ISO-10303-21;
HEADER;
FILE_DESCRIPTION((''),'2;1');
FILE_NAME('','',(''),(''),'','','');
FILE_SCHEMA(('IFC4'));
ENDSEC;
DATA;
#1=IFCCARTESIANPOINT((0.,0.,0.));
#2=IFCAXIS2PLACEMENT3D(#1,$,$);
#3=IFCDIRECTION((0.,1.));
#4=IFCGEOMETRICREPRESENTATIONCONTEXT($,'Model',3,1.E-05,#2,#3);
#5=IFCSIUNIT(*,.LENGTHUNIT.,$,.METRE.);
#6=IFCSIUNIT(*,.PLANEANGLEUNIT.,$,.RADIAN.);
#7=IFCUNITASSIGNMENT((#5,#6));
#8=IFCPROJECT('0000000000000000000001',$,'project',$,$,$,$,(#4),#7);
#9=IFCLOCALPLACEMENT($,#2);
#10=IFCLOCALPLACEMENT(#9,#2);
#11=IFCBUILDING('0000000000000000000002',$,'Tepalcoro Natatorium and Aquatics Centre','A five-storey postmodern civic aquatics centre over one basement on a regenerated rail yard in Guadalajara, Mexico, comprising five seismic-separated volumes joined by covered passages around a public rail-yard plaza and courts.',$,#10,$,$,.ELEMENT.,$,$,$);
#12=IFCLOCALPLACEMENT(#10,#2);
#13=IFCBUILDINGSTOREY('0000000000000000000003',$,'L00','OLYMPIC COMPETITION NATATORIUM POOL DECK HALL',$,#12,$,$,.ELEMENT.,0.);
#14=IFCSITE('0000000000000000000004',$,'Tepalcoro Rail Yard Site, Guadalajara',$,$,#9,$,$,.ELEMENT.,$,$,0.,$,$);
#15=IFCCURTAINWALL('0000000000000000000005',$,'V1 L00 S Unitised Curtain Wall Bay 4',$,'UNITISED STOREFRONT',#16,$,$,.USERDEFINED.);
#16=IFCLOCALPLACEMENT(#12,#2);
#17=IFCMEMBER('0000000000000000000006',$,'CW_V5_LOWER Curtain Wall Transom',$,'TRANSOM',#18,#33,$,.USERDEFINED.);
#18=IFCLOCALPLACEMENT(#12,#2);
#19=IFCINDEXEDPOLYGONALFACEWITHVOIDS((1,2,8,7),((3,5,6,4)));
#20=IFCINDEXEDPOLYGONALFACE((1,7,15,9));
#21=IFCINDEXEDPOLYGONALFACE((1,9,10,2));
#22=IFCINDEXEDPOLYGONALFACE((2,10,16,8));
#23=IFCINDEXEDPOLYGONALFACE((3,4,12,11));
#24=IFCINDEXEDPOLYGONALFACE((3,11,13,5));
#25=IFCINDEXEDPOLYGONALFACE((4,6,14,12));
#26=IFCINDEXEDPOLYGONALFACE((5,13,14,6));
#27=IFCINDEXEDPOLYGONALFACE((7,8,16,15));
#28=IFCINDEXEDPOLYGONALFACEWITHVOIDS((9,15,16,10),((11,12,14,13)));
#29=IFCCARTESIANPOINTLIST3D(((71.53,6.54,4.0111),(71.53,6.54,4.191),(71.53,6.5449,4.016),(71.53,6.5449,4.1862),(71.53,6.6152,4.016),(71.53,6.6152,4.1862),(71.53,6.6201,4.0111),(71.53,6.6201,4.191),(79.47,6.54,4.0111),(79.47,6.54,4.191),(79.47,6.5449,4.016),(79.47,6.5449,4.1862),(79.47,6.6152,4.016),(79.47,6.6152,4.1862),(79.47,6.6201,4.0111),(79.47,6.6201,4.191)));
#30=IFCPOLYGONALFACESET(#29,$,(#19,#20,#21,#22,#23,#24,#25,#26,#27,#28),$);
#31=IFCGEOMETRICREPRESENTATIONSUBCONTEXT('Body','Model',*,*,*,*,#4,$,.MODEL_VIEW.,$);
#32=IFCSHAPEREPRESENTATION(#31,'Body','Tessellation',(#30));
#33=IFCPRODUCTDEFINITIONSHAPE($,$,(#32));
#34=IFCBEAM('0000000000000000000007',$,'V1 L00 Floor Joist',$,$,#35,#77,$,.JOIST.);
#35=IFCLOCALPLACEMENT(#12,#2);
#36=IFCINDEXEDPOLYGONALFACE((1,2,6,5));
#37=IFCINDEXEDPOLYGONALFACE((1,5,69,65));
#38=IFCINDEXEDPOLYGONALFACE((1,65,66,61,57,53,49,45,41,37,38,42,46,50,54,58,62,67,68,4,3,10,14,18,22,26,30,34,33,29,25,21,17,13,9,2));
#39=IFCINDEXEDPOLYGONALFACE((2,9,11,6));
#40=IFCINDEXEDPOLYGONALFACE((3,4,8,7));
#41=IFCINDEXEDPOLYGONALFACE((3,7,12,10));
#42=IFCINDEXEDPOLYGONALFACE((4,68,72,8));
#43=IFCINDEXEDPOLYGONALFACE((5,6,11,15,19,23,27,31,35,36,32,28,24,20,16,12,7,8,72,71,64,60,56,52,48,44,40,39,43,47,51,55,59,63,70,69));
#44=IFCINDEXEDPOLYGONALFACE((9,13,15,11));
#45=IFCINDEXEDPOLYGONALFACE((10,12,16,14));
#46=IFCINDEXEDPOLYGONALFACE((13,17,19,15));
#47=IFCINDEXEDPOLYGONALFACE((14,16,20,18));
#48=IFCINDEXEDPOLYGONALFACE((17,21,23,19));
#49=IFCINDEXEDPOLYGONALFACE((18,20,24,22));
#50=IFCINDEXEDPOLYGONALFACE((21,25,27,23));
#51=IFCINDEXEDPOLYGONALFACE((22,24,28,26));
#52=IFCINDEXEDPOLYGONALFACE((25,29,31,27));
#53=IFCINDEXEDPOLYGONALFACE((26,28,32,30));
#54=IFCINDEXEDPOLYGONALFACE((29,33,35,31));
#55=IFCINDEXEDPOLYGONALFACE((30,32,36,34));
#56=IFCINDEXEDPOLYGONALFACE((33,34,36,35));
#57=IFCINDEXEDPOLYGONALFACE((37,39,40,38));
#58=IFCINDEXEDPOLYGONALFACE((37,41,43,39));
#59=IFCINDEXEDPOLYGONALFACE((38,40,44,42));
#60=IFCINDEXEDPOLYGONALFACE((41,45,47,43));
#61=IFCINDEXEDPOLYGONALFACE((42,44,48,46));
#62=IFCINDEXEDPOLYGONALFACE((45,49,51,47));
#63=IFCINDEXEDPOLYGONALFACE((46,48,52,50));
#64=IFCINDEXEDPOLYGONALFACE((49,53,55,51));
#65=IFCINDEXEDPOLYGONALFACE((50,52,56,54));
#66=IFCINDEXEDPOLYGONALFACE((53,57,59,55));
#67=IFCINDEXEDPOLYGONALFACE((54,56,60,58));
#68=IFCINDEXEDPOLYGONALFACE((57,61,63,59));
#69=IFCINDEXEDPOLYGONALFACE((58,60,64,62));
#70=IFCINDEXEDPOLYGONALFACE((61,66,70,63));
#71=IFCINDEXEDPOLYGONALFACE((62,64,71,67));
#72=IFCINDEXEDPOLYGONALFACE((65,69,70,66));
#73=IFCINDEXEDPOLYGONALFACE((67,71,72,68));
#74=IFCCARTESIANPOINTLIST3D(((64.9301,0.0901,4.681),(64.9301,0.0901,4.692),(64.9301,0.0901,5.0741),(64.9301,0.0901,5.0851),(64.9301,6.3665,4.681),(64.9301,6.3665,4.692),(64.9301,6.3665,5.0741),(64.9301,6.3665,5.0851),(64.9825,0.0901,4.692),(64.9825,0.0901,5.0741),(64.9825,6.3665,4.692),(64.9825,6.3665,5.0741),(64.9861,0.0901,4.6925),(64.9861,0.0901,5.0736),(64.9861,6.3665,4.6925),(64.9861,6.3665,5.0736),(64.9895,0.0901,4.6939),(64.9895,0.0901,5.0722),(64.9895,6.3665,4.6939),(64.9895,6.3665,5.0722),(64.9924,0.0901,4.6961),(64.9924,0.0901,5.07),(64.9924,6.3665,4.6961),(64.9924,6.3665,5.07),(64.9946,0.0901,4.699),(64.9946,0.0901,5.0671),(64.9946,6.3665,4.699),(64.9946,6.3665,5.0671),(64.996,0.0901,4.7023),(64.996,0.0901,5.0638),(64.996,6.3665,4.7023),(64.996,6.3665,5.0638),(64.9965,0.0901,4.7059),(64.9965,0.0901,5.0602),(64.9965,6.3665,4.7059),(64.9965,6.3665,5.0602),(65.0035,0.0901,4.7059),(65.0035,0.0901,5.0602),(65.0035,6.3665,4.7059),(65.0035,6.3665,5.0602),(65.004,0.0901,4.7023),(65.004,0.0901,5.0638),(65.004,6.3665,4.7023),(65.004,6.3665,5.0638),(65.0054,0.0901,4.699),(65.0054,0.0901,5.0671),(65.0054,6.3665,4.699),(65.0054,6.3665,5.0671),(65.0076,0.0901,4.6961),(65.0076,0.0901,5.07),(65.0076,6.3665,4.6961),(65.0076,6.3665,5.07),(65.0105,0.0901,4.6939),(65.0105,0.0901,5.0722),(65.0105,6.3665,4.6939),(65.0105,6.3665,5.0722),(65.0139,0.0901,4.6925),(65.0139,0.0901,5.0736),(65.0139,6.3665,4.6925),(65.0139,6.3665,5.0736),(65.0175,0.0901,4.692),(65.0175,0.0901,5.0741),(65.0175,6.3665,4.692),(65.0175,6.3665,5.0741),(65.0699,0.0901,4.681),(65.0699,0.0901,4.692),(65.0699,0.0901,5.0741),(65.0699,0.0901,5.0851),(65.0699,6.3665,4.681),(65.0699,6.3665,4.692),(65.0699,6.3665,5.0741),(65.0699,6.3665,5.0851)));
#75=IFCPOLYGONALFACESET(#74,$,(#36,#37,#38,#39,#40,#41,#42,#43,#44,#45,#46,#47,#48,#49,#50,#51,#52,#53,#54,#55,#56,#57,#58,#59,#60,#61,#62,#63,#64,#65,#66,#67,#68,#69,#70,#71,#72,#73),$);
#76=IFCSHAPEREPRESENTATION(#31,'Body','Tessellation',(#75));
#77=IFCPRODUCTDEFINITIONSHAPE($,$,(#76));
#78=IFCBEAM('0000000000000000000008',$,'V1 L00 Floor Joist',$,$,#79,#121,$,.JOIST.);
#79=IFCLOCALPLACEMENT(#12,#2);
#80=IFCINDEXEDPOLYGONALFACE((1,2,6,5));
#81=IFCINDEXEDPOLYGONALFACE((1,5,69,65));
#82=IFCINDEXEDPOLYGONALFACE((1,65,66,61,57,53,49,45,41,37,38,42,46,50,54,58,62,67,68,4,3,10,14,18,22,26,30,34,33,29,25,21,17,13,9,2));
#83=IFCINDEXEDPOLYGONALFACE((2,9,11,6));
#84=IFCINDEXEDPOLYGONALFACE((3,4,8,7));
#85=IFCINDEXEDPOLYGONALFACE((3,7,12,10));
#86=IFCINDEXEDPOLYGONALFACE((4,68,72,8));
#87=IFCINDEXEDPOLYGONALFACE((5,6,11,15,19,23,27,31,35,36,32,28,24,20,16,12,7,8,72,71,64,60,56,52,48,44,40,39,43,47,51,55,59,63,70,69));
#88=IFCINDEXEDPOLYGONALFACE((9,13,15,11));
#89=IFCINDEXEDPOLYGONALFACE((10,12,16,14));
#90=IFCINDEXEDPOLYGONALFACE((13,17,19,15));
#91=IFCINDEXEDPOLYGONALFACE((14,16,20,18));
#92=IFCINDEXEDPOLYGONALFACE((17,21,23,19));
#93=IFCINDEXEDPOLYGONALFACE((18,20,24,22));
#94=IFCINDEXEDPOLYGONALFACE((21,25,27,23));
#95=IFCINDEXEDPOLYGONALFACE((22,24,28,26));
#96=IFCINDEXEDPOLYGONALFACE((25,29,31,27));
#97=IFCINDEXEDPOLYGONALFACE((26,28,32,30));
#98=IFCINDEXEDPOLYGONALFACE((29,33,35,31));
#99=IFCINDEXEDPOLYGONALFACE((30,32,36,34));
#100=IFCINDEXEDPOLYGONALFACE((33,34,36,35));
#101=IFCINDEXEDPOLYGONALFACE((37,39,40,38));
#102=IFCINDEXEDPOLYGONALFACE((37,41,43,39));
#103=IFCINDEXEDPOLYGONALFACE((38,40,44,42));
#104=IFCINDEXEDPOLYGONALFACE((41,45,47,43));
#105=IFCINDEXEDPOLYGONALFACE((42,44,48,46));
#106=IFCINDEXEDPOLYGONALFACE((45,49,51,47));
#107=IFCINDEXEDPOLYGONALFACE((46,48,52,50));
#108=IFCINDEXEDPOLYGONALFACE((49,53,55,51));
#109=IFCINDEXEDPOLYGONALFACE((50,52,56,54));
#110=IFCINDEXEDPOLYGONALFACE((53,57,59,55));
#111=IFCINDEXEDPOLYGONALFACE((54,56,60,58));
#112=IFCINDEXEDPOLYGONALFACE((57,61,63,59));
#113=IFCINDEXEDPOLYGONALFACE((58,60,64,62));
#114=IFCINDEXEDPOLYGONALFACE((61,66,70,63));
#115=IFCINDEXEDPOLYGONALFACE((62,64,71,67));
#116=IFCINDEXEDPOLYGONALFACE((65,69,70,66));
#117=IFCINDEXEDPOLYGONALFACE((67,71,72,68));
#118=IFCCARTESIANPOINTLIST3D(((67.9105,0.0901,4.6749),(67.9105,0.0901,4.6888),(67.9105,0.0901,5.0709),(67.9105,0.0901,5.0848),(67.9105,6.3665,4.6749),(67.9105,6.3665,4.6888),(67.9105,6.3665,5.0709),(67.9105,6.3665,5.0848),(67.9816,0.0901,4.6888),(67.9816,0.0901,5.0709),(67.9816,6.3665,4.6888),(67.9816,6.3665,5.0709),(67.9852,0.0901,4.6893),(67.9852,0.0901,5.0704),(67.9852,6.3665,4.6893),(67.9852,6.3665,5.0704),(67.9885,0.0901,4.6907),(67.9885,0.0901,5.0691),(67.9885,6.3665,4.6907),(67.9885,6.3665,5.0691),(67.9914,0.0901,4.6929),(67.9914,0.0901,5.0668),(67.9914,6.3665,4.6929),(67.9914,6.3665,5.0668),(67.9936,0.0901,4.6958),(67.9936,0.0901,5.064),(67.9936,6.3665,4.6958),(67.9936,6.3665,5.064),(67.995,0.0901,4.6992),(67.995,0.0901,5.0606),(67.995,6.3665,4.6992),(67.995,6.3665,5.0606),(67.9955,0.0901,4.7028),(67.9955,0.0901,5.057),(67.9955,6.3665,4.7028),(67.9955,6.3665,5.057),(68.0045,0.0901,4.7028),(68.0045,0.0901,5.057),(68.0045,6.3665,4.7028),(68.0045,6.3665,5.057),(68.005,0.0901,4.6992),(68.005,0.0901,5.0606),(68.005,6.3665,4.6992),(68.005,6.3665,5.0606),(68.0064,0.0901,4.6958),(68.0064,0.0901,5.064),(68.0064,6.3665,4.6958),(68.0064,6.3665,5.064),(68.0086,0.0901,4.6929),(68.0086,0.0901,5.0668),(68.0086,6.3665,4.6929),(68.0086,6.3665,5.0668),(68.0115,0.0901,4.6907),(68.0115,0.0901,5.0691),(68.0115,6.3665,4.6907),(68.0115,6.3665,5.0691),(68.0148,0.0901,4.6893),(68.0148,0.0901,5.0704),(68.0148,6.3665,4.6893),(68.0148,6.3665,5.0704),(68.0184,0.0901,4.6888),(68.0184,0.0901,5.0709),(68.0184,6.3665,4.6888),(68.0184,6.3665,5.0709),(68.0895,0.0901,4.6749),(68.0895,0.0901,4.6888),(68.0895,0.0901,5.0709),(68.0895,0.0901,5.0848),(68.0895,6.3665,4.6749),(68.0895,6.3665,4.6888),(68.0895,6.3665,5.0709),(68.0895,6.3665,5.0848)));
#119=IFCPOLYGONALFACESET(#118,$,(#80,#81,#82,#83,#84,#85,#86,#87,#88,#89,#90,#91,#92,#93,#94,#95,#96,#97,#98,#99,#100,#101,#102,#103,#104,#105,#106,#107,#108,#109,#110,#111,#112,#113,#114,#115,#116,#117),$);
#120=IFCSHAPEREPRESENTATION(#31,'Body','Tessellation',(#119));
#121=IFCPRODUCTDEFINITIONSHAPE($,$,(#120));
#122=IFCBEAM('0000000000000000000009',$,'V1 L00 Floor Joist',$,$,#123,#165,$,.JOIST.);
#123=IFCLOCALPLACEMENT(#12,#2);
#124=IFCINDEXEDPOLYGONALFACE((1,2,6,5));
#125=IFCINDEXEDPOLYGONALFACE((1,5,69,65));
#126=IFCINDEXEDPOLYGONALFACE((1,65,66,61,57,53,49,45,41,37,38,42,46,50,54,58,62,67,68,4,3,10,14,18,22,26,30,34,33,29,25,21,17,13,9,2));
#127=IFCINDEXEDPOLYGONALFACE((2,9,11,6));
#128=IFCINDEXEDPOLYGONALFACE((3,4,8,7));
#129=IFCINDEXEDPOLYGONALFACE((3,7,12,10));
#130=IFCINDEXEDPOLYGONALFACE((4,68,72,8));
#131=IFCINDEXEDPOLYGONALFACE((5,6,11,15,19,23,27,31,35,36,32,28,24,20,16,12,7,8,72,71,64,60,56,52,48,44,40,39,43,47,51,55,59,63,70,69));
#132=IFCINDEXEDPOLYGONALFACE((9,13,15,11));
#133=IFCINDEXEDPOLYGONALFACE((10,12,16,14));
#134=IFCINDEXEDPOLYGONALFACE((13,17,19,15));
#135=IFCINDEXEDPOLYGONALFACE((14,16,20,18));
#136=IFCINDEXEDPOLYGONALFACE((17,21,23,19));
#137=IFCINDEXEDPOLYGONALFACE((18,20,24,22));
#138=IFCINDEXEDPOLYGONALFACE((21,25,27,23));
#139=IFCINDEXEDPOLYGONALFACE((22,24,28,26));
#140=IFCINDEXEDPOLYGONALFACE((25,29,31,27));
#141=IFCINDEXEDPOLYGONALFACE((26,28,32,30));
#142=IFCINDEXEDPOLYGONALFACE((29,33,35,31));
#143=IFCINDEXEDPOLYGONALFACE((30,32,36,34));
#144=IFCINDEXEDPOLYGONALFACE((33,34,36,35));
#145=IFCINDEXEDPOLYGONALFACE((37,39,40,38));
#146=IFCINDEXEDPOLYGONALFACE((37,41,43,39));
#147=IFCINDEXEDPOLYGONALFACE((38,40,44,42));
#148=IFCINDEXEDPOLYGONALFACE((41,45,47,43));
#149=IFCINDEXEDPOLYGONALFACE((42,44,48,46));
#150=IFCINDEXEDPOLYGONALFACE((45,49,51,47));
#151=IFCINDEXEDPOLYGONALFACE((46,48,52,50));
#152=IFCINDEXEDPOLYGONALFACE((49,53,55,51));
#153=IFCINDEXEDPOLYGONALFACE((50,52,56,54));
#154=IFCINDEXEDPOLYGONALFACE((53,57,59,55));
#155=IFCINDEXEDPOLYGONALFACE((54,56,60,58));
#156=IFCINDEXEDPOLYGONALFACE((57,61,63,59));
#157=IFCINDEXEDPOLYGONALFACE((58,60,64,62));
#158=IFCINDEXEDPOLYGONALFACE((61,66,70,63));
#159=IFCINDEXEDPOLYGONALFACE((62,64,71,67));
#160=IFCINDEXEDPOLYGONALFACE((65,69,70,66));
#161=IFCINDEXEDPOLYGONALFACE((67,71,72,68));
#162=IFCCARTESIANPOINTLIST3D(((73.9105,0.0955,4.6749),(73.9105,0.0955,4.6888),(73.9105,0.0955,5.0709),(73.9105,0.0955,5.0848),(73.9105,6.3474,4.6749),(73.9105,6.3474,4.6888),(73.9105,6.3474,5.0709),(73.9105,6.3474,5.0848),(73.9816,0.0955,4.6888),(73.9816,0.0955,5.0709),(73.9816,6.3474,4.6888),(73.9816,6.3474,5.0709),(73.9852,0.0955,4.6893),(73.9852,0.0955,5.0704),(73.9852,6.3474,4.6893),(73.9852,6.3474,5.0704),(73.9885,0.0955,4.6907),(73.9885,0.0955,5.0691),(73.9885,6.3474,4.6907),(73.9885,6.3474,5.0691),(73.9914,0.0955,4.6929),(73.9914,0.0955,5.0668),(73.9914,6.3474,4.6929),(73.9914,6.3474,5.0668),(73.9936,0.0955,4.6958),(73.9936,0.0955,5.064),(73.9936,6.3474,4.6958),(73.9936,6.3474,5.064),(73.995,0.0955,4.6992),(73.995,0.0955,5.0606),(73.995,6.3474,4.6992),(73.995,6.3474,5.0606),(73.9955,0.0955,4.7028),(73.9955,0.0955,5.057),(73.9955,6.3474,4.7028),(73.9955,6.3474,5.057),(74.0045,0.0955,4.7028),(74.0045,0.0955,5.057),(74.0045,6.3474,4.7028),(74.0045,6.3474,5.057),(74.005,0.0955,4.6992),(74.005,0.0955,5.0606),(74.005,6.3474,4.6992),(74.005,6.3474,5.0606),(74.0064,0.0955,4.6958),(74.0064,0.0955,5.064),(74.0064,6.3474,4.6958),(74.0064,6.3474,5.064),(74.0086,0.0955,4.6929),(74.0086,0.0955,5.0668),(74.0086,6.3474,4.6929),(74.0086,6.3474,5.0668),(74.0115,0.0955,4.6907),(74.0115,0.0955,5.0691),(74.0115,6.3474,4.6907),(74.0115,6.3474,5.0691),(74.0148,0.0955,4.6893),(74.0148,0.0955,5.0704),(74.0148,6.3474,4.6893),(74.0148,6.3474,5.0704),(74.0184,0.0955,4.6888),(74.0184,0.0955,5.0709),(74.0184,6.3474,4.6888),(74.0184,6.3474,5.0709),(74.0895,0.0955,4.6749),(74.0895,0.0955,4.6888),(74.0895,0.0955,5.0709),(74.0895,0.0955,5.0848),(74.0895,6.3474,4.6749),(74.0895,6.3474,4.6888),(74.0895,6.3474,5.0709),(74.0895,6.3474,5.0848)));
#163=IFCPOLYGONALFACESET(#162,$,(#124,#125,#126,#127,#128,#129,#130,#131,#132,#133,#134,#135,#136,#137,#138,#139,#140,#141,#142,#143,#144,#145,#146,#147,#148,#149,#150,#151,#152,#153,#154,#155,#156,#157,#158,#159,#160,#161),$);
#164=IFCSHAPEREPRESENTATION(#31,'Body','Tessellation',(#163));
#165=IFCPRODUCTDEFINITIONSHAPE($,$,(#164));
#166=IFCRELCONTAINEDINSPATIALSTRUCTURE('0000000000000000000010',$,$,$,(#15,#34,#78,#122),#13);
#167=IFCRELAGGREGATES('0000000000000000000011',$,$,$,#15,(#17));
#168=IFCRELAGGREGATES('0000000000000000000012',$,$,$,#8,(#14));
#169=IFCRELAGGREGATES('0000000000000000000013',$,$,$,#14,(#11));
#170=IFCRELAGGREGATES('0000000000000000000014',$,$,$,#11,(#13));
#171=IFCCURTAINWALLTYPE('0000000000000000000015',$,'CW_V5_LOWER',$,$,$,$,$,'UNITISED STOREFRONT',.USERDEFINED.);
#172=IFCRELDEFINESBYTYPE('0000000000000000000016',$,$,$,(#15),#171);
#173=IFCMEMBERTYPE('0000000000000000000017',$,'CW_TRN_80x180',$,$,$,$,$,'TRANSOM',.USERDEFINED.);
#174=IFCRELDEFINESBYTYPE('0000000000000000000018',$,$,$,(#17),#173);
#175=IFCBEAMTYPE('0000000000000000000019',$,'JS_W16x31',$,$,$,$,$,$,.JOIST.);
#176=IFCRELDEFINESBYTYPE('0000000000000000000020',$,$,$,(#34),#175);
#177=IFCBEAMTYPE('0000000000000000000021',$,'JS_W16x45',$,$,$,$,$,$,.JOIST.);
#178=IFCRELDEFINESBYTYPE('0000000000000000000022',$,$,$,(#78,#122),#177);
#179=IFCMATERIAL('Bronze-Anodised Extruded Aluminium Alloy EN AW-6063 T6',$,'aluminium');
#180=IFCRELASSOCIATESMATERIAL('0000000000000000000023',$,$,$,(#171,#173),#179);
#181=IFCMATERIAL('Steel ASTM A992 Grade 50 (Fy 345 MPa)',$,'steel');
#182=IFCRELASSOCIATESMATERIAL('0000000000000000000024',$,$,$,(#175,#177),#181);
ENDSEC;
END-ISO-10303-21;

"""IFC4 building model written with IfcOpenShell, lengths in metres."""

from ifc_helpers import new_model, si_unit, direction, frame, origin, origin_2d, place, context, subcontext, project, spatial, hollow_rectangle, i_section, extrude, material, material_profile, profile_set, type_object, element, aggregate, save


model = new_model("IFC4")

# Units and contexts
model_context = context("Model", 3, precision=1e-05, world=origin(), true_north=direction((0.0, 1.0)))
body_context = subcontext(model_context, "Body", "Model", "MODEL_VIEW")
ifc_project = project(units=[si_unit("LENGTHUNIT", "METRE"), si_unit("PLANEANGLEUNIT", "RADIAN")], contexts=[model_context])

# Site, building, storey
site_placement = place(None, origin())
site = spatial("IfcSite", under=ifc_project, at=site_placement, Name="Tepalcoro Rail Yard Site, Guadalajara", CompositionType="ELEMENT", RefElevation=0.0)
building_placement = place(site_placement, origin())
building = spatial("IfcBuilding", under=site, at=building_placement, Name="Tepalcoro Natatorium and Aquatics Centre", Description="A five-storey postmodern civic aquatics centre over one basement on a regenerated rail yard in Guadalajara, Mexico, comprising five seismic-separated volumes joined by covered passages around a public rail-yard plaza and courts.", CompositionType="ELEMENT")
storey_placement = place(building_placement, origin())
storey = spatial("IfcBuildingStorey", under=building, at=storey_placement, Name="L00", Description="OLYMPIC COMPETITION NATATORIUM POOL DECK HALL", CompositionType="ELEMENT", Elevation=0.0)

# Shared definitions
ifc_material_1 = material(Name="Steel ASTM A992 Grade 50 (Fy 345 MPa)", Category="steel")

# Curtain wall, member
ifc_material_2 = material(Name="Bronze-Anodised Extruded Aluminium Alloy EN AW-6063 T6", Category="aluminium")
curtain_wall_type = type_object("IfcCurtainWallType", Name="CW_V5_LOWER", ElementType="UNITISED STOREFRONT", PredefinedType="USERDEFINED", material=ifc_material_2)
curtain_wall_placement = place(storey_placement, origin())
curtain_wall = element("IfcCurtainWall", 1, at=curtain_wall_placement, inside=storey, type_object=curtain_wall_type, Name="V1 L00 S Unitised Curtain Wall Bay 4", ObjectType="UNITISED STOREFRONT", PredefinedType="USERDEFINED")
ifc_material_profile_1 = material_profile(ifc_material_2, hollow_rectangle(XDim=0.0801, YDim=0.1799, WallThickness=0.0049, at=origin_2d()), Name="AL80X180X5")
ifc_profile_set_1 = profile_set([ifc_material_profile_1], Name="Bronze-Anodised Extruded Aluminium Alloy EN AW-6063 T6")
member_type_1 = type_object("IfcMemberType", Name="CW_TRN_80x180", ElementType="TRANSOM", PredefinedType="USERDEFINED", material=ifc_profile_set_1)
member_1_placement = place(storey_placement, frame((71.53, 6.5801, 4.1011), z_axis=(1.0, 0.0, 0.0), x_axis=(0.0, 1.0, 0.0)))
member_1 = element("IfcMember", 2, at=member_1_placement, type_object=member_type_1, Name="CW_V5_LOWER Curtain Wall Transom", ObjectType="TRANSOM", PredefinedType="USERDEFINED", context=body_context, shape_type="SweptSolid", body=[
    extrude(hollow_rectangle(XDim=0.0801, YDim=0.1799, WallThickness=0.0049, at=origin_2d()), origin(), (0.0, 0.0, 1.0), 7.9399),
])

# Beams
ifc_material_profile_2 = material_profile(ifc_material_1, i_section(OverallWidth=0.1399, OverallDepth=0.4041, WebThickness=0.0071, FlangeThickness=0.011, FilletRadius=0.0139, at=origin_2d()), Name="W16X31")
ifc_profile_set_2 = profile_set([ifc_material_profile_2], Name="Steel ASTM A992 Grade 50 (Fy 345 MPa)")
beam_type_1 = type_object("IfcBeamType", Name="JS_W16x31", PredefinedType="JOIST", material=ifc_profile_set_2)
beam_1_placement = place(storey_placement, frame((65.0, 0.0901, 4.8831), z_axis=(0.0, 1.0, 0.0), x_axis=(-1.0, 0.0, 0.0)))
element("IfcBeam", 3, at=beam_1_placement, inside=storey, type_object=beam_type_1, Name="V1 L00 Floor Joist", PredefinedType="JOIST", context=body_context, shape_type="SweptSolid", body=[
    extrude(i_section(OverallWidth=0.1399, OverallDepth=0.4041, WebThickness=0.0071, FlangeThickness=0.011, FilletRadius=0.0139, at=origin_2d()), origin(), (0.0, 0.0, 1.0), 6.2764),
])
ifc_material_profile_3 = material_profile(ifc_material_1, i_section(OverallWidth=0.179, OverallDepth=0.4099, WebThickness=0.009, FlangeThickness=0.0139, FilletRadius=0.0139, at=origin_2d()), Name="W16X45")
ifc_profile_set_3 = profile_set([ifc_material_profile_3], Name="Steel ASTM A992 Grade 50 (Fy 345 MPa)")
beam_type_2 = type_object("IfcBeamType", Name="JS_W16x45", PredefinedType="JOIST", material=ifc_profile_set_3)
beam_2_placement = place(storey_placement, frame((68.0, 0.0901, 4.8799), z_axis=(0.0, 1.0, 0.0), x_axis=(-1.0, 0.0, 0.0)))
element("IfcBeam", 4, at=beam_2_placement, inside=storey, type_object=beam_type_2, Name="V1 L00 Floor Joist", PredefinedType="JOIST", context=body_context, shape_type="SweptSolid", body=[
    extrude(i_section(OverallWidth=0.179, OverallDepth=0.4099, WebThickness=0.009, FlangeThickness=0.0139, FilletRadius=0.0139, at=origin_2d()), origin(), (0.0, 0.0, 1.0), 6.2764),
])
beam_3_placement = place(storey_placement, frame((74.0, 0.0955, 4.8799), z_axis=(0.0, 1.0, 0.0), x_axis=(-1.0, 0.0, 0.0)))
element("IfcBeam", 5, at=beam_3_placement, inside=storey, type_object=beam_type_2, Name="V1 L00 Floor Joist", PredefinedType="JOIST", context=body_context, shape_type="SweptSolid", body=[
    extrude(i_section(OverallWidth=0.179, OverallDepth=0.4099, WebThickness=0.009, FlangeThickness=0.0139, FilletRadius=0.0139, at=origin_2d()), origin(), (0.0, 0.0, 1.0), 6.252),
])

aggregate(curtain_wall, [member_1])

save(model, "model.ifc")
